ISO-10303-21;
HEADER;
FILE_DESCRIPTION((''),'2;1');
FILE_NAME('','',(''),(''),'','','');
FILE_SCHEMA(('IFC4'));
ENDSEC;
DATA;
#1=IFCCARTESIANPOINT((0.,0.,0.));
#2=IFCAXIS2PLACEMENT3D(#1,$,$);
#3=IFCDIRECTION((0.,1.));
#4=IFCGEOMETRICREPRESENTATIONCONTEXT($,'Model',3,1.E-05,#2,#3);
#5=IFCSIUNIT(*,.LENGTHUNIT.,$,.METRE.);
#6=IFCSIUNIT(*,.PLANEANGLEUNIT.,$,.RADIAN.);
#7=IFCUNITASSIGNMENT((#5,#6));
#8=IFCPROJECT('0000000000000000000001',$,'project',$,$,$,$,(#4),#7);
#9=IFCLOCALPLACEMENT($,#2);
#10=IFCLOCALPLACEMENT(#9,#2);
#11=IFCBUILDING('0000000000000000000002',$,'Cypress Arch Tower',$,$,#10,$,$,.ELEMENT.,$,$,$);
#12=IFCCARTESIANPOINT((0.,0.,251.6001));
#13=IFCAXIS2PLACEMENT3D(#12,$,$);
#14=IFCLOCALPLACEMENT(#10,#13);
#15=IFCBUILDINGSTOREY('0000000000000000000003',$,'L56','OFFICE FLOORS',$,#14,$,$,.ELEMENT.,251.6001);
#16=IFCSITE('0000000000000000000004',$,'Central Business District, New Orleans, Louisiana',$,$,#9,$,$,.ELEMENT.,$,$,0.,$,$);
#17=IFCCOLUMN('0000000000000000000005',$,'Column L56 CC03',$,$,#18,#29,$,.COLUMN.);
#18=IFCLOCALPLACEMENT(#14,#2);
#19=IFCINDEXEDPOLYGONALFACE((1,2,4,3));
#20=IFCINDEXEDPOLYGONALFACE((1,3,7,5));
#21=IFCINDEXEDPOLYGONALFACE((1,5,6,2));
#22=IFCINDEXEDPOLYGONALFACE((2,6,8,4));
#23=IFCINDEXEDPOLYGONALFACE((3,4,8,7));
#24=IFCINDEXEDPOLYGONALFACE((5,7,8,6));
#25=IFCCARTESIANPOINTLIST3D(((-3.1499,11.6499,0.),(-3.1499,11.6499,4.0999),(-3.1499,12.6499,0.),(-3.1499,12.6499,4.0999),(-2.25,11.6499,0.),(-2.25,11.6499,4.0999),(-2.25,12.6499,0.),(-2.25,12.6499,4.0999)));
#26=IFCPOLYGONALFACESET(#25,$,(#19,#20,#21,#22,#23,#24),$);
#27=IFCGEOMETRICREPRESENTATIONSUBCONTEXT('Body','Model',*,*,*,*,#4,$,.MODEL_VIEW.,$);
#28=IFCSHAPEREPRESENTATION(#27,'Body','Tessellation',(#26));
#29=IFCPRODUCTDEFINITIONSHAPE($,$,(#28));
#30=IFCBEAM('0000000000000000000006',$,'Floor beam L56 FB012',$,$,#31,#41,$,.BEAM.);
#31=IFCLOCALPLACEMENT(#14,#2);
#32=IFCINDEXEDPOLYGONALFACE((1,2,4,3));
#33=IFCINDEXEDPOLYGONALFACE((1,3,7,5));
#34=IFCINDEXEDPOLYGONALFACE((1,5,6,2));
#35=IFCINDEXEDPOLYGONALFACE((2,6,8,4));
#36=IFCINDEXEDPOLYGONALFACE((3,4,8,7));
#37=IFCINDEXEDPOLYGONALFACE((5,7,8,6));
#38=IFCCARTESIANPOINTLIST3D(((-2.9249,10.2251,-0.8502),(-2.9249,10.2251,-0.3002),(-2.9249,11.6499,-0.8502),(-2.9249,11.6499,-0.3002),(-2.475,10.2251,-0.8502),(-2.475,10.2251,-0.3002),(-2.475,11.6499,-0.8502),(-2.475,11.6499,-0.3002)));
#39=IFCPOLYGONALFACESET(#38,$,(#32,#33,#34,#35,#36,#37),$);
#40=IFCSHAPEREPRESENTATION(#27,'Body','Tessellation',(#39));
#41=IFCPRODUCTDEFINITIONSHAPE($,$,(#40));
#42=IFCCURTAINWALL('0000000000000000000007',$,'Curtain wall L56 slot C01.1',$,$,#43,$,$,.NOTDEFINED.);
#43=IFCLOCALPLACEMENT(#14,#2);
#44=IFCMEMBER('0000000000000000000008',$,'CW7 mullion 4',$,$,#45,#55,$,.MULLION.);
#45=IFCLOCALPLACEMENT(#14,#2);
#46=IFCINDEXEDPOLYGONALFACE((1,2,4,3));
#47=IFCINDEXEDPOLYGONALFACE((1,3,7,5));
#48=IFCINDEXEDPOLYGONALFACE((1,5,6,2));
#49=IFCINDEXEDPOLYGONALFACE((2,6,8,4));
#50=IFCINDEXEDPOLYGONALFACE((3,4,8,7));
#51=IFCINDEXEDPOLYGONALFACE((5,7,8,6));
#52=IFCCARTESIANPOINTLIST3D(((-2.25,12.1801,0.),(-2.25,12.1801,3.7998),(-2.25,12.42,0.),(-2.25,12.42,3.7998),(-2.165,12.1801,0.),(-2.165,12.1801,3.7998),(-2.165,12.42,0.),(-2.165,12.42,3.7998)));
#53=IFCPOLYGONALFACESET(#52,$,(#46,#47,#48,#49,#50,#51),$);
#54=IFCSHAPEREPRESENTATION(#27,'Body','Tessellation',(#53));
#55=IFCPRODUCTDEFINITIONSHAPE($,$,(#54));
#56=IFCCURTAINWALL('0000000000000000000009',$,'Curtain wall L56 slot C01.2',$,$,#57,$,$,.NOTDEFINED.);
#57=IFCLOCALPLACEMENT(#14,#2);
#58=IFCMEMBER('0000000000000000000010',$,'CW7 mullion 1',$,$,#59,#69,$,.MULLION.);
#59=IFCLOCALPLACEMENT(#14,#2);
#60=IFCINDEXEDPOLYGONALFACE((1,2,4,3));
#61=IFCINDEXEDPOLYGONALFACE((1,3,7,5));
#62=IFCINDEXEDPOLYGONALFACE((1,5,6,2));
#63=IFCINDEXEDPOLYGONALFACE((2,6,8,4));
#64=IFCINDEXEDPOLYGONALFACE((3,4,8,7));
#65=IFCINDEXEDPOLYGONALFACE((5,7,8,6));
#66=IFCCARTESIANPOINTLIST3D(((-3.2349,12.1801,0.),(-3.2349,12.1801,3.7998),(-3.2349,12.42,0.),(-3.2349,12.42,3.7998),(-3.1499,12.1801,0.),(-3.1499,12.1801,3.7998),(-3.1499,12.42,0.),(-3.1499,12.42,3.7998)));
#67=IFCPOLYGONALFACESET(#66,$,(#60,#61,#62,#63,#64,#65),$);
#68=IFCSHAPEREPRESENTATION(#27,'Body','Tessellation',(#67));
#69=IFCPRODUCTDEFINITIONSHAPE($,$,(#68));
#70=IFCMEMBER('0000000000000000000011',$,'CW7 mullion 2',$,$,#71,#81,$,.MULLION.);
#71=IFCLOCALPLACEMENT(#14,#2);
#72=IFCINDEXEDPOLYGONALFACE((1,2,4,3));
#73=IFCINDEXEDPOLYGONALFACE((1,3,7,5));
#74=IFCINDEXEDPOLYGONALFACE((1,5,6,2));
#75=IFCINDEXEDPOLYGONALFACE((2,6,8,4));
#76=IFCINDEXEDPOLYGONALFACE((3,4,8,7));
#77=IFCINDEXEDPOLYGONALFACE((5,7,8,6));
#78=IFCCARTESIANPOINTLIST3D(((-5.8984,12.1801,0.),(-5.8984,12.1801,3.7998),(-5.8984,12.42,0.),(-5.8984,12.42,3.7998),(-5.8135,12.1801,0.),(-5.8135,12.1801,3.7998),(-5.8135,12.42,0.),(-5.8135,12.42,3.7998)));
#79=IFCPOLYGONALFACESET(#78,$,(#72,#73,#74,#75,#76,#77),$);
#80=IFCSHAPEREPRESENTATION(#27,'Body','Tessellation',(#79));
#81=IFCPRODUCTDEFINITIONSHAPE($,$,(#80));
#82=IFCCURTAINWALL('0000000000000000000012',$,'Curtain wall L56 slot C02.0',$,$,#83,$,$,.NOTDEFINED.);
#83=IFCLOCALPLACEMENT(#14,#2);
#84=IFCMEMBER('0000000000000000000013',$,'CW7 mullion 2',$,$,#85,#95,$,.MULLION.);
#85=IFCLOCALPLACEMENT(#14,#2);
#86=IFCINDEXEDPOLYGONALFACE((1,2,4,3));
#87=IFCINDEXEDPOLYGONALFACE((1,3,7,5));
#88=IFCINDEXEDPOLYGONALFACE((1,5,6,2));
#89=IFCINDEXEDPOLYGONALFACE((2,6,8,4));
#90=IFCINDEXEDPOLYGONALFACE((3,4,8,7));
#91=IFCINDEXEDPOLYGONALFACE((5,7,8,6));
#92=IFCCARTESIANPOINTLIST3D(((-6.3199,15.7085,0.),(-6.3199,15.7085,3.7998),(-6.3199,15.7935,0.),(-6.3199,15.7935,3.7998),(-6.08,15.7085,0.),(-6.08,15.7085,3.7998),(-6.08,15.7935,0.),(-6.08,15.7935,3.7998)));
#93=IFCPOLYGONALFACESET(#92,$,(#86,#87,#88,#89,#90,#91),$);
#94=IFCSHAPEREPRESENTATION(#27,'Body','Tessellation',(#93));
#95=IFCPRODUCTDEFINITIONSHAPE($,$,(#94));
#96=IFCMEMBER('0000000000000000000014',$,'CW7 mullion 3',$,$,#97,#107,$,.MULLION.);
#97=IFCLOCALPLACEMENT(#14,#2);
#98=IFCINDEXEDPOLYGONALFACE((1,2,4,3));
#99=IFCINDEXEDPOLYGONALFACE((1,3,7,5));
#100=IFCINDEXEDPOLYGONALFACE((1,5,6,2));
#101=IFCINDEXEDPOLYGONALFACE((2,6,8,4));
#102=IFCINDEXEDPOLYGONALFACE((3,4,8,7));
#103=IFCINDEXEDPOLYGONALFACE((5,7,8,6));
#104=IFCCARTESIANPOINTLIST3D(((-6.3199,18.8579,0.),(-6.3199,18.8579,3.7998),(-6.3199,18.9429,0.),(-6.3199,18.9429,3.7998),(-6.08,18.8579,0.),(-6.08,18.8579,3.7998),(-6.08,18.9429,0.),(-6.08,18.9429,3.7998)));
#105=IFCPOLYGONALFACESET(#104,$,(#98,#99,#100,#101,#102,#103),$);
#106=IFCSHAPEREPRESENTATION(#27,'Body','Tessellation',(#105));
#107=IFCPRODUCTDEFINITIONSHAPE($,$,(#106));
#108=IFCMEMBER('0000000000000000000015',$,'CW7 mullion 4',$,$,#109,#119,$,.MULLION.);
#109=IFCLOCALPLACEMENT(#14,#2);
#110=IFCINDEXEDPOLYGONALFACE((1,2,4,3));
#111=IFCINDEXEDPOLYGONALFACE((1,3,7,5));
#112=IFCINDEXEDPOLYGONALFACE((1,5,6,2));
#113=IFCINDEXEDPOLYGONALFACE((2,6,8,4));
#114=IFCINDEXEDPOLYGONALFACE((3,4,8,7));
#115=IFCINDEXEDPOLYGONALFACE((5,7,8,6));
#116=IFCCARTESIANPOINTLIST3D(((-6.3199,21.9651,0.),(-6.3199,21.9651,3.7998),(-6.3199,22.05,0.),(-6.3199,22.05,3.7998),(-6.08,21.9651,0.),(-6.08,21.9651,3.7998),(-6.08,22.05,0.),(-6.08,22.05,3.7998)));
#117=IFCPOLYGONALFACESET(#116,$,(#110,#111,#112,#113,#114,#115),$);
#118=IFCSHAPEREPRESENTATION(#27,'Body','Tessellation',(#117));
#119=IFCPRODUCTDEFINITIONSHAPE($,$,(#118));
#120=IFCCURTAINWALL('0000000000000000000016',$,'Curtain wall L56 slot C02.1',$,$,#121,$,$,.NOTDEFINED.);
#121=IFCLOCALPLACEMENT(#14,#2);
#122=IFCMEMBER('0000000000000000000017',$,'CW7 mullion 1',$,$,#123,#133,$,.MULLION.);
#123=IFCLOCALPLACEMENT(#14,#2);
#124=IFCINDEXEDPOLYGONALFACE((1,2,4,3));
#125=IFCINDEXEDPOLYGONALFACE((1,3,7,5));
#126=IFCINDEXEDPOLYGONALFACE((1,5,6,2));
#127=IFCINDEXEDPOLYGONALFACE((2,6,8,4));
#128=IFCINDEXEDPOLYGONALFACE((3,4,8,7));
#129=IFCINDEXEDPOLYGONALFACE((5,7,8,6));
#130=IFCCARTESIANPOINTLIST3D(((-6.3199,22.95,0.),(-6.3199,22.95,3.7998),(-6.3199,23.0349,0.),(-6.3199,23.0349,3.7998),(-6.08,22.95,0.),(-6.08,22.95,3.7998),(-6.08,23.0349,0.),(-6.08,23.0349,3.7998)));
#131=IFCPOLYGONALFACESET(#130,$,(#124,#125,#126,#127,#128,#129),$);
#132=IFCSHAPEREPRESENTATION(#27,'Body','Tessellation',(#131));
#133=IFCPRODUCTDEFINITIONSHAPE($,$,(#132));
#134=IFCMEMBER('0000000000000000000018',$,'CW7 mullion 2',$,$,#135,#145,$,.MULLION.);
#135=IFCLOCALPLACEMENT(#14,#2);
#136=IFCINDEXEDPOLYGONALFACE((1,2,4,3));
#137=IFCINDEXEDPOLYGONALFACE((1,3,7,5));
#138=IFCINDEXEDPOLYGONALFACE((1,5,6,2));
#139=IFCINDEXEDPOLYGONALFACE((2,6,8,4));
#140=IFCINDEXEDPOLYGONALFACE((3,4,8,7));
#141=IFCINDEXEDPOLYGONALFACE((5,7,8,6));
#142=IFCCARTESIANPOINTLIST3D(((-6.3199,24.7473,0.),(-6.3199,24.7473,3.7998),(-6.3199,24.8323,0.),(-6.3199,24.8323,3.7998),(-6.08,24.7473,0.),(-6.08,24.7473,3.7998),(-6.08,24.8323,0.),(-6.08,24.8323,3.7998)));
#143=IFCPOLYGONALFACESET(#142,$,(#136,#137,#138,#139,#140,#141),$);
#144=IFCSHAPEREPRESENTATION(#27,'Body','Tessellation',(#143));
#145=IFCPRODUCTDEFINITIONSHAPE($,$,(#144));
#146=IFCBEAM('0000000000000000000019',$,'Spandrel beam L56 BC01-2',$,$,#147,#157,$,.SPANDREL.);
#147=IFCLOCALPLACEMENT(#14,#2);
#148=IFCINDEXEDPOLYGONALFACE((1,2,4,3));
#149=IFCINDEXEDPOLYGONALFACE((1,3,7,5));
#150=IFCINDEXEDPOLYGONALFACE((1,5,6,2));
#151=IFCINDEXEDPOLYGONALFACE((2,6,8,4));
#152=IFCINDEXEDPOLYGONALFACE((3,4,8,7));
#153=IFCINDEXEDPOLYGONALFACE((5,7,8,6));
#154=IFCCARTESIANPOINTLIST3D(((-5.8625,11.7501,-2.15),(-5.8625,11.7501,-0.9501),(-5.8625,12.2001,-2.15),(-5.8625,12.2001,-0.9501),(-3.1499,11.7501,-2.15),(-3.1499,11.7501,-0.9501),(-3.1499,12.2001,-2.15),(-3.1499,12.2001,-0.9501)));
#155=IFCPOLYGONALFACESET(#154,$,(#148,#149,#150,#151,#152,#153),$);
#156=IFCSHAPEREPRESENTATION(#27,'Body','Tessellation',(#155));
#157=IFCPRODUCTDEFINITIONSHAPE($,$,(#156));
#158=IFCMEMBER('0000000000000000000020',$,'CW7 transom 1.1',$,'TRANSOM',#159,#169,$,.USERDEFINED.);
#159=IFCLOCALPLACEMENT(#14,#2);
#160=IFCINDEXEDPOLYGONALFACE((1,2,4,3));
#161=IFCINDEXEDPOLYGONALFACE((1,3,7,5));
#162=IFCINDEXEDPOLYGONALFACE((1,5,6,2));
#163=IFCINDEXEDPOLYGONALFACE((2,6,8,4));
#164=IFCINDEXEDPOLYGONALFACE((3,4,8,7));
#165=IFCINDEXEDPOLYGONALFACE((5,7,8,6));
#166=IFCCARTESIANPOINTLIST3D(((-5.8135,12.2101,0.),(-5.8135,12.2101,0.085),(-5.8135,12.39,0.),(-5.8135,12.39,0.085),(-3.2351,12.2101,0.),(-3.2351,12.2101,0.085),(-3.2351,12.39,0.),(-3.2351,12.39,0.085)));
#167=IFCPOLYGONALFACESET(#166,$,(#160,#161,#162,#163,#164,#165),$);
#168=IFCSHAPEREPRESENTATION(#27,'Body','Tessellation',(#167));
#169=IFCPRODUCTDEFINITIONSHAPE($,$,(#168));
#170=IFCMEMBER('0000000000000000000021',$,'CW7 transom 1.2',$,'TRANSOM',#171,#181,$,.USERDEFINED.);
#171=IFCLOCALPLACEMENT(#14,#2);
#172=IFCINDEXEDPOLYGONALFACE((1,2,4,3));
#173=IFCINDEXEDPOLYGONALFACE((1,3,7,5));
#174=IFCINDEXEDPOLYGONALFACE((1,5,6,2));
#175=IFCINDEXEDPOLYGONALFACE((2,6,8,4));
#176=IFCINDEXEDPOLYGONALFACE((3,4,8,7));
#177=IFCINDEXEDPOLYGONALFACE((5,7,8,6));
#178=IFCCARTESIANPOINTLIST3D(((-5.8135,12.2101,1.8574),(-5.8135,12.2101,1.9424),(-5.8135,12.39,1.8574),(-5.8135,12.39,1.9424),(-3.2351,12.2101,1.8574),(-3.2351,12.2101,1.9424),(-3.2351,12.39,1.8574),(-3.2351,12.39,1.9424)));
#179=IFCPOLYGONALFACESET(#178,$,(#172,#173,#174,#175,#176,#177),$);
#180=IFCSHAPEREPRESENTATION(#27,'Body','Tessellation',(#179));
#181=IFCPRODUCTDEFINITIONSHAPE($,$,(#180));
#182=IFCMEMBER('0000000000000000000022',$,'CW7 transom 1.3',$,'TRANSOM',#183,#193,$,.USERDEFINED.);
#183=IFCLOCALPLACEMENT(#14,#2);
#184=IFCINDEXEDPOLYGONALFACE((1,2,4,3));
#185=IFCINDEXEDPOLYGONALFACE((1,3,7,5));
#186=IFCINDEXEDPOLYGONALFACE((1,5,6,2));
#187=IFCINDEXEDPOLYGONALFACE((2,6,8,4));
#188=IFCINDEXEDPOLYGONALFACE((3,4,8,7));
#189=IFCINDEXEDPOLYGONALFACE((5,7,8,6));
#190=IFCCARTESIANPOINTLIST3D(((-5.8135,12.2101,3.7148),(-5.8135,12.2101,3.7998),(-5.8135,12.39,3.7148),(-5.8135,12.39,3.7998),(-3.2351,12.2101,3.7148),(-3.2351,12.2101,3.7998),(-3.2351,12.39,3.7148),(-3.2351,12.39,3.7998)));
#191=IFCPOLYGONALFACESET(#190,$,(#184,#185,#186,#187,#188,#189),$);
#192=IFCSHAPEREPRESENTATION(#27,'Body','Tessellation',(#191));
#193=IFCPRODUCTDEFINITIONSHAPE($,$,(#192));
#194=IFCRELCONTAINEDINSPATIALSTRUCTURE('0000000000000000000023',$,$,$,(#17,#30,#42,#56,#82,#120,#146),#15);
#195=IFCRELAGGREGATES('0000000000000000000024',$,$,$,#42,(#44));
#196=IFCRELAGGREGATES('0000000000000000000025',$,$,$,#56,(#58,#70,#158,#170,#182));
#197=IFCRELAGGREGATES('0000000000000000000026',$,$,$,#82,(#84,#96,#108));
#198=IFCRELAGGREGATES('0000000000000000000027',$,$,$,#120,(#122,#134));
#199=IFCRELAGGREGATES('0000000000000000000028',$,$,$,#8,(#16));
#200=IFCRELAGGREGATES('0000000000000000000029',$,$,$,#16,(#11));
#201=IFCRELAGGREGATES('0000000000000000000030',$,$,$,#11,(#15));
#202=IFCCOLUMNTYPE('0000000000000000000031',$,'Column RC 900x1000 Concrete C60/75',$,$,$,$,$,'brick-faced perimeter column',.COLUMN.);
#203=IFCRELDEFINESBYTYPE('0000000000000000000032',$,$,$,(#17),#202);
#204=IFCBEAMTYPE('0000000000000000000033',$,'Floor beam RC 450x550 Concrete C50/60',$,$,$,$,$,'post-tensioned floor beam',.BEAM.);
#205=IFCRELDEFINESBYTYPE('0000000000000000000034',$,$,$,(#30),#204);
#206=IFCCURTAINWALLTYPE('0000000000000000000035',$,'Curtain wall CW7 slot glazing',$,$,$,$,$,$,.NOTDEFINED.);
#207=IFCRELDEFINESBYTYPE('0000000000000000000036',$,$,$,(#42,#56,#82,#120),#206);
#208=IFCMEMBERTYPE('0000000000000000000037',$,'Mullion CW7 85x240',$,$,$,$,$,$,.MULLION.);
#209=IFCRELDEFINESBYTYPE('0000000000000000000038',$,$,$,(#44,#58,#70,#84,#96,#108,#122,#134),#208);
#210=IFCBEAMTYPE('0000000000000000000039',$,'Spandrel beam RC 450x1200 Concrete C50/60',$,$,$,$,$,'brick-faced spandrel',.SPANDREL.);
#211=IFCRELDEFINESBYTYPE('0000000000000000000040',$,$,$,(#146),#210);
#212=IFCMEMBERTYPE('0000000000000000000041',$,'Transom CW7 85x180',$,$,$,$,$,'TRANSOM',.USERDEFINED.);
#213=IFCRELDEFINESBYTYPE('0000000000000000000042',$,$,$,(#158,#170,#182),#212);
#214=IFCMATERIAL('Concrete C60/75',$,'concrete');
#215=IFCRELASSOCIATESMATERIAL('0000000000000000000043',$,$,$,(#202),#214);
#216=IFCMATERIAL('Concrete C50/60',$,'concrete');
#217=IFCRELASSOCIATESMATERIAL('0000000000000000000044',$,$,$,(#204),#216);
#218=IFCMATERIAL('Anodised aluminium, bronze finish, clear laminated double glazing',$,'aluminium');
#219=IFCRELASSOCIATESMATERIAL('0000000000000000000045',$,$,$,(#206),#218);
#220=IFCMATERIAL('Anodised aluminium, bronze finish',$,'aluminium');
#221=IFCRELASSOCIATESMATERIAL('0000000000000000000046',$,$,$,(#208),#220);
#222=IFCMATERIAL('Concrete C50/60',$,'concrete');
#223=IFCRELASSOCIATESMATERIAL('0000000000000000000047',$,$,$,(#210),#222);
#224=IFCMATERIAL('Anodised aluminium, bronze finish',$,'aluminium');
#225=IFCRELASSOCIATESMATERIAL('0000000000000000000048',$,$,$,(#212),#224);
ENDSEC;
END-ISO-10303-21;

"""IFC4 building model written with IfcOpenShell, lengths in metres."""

from ifc_helpers import new_model, si_unit, direction, frame, origin, origin_2d, place, context, subcontext, project, spatial, rectangle, extrude, material, material_profile, profile_set, type_object, element, aggregate, save


model = new_model("IFC4")

# Units and contexts
model_context = context("Model", 3, precision=1e-05, world=origin(), true_north=direction((0.0, 1.0)))
body_context = subcontext(model_context, "Body", "Model", "MODEL_VIEW")
ifc_project = project(units=[si_unit("LENGTHUNIT", "METRE"), si_unit("PLANEANGLEUNIT", "RADIAN")], contexts=[model_context])

# Site, building, storey
site_placement = place(None, origin())
site = spatial("IfcSite", under=ifc_project, at=site_placement, Name="Central Business District, New Orleans, Louisiana", CompositionType="ELEMENT", RefElevation=0.0)
building_placement = place(site_placement, origin())
building = spatial("IfcBuilding", under=site, at=building_placement, Name="Cypress Arch Tower", CompositionType="ELEMENT")
storey_placement = place(building_placement, frame((0.0, 0.0, 251.6001)))
storey = spatial("IfcBuildingStorey", under=building, at=storey_placement, Name="L56", Description="OFFICE FLOORS", CompositionType="ELEMENT", Elevation=251.6001)

# Column
ifc_material_1 = material(Name="Concrete C60/75", Category="concrete")
ifc_material_profile_1 = material_profile(ifc_material_1, rectangle(XDim=0.8999, YDim=1.0, at=origin_2d()), Name="RC 900x1000")
ifc_profile_set_1 = profile_set([ifc_material_profile_1], Name="Concrete C60/75")
column_type = type_object("IfcColumnType", Name="Column RC 900x1000 Concrete C60/75", ElementType="brick-faced perimeter column", PredefinedType="COLUMN", material=ifc_profile_set_1)
column_placement = place(storey_placement, frame((-2.7, 12.1499, 0.0), z_axis=(0.0, 0.0, 1.0), x_axis=(-1.0, 0.0, 0.0)))
element("IfcColumn", 1, at=column_placement, inside=storey, type_object=column_type, Name="Column L56 CC03", PredefinedType="COLUMN", context=body_context, shape_type="SweptSolid", body=[
    extrude(rectangle(XDim=0.8999, YDim=1.0, at=origin_2d()), origin(), (0.0, 0.0, 1.0), 4.0999),
])

# Beam
ifc_material_2 = material(Name="Concrete C50/60", Category="concrete")
ifc_material_profile_2 = material_profile(ifc_material_2, rectangle(XDim=0.45, YDim=0.55, at=origin_2d()), Name="RC 450x550")
ifc_profile_set_2 = profile_set([ifc_material_profile_2], Name="Concrete C50/60")
beam_type_1 = type_object("IfcBeamType", Name="Floor beam RC 450x550 Concrete C50/60", ElementType="post-tensioned floor beam", PredefinedType="BEAM", material=ifc_profile_set_2)
beam_1_placement = place(storey_placement, frame((-2.7, 10.2251, -0.5752), z_axis=(0.0, 1.0, 0.0), x_axis=(-1.0, 0.0, 0.0)))
element("IfcBeam", 2, at=beam_1_placement, inside=storey, type_object=beam_type_1, Name="Floor beam L56 FB012", PredefinedType="BEAM", context=body_context, shape_type="SweptSolid", body=[
    extrude(rectangle(XDim=0.45, YDim=0.55, at=origin_2d()), origin(), (0.0, 0.0, 1.0), 1.4248),
])

# Curtain wall, member
ifc_material_3 = material(Name="Anodised aluminium, bronze finish, clear laminated double glazing", Category="aluminium")
curtain_wall_type = type_object("IfcCurtainWallType", Name="Curtain wall CW7 slot glazing", PredefinedType="NOTDEFINED", material=ifc_material_3)
curtain_wall_1_placement = place(storey_placement, origin())
curtain_wall_1 = element("IfcCurtainWall", 3, at=curtain_wall_1_placement, inside=storey, type_object=curtain_wall_type, Name="Curtain wall L56 slot C01.1", PredefinedType="NOTDEFINED")
ifc_material_4 = material(Name="Anodised aluminium, bronze finish", Category="aluminium")
ifc_material_profile_3 = material_profile(ifc_material_4, rectangle(XDim=0.24, YDim=0.085, at=origin_2d()), Name="Mullion 85x240")
ifc_profile_set_3 = profile_set([ifc_material_profile_3], Name="Anodised aluminium, bronze finish")
member_type_1 = type_object("IfcMemberType", Name="Mullion CW7 85x240", PredefinedType="MULLION", material=ifc_profile_set_3)
member_1_placement = place(storey_placement, frame((-2.2075, 12.3, 0.0), z_axis=(0.0, 0.0, 1.0), x_axis=(0.0, -1.0, 0.0)))
member_1 = element("IfcMember", 4, at=member_1_placement, type_object=member_type_1, Name="CW7 mullion 4", PredefinedType="MULLION", context=body_context, shape_type="SweptSolid", body=[
    extrude(rectangle(XDim=0.24, YDim=0.085, at=origin_2d()), origin(), (0.0, 0.0, 1.0), 3.7998),
])

# Curtain walls, members
curtain_wall_2_placement = place(storey_placement, origin())
curtain_wall_2 = element("IfcCurtainWall", 5, at=curtain_wall_2_placement, inside=storey, type_object=curtain_wall_type, Name="Curtain wall L56 slot C01.2", PredefinedType="NOTDEFINED")
member_2_placement = place(storey_placement, frame((-3.1924, 12.3, 0.0), z_axis=(0.0, 0.0, 1.0), x_axis=(0.0, -1.0, 0.0)))
member_2 = element("IfcMember", 6, at=member_2_placement, type_object=member_type_1, Name="CW7 mullion 1", PredefinedType="MULLION", context=body_context, shape_type="SweptSolid", body=[
    extrude(rectangle(XDim=0.24, YDim=0.085, at=origin_2d()), origin(), (0.0, 0.0, 1.0), 3.7998),
])
member_3_placement = place(storey_placement, frame((-5.856, 12.3, 0.0), z_axis=(0.0, 0.0, 1.0), x_axis=(0.0, -1.0, 0.0)))
member_3 = element("IfcMember", 7, at=member_3_placement, type_object=member_type_1, Name="CW7 mullion 2", PredefinedType="MULLION", context=body_context, shape_type="SweptSolid", body=[
    extrude(rectangle(XDim=0.24, YDim=0.085, at=origin_2d()), origin(), (0.0, 0.0, 1.0), 3.7998),
])
curtain_wall_3_placement = place(storey_placement, origin())
curtain_wall_3 = element("IfcCurtainWall", 8, at=curtain_wall_3_placement, inside=storey, type_object=curtain_wall_type, Name="Curtain wall L56 slot C02.0", PredefinedType="NOTDEFINED")
member_4_placement = place(storey_placement, frame((-6.2, 15.751, 0.0), z_axis=(0.0, 0.0, 1.0), x_axis=(-1.0, 0.0, 0.0)))
member_4 = element("IfcMember", 9, at=member_4_placement, type_object=member_type_1, Name="CW7 mullion 2", PredefinedType="MULLION", context=body_context, shape_type="SweptSolid", body=[
    extrude(rectangle(XDim=0.24, YDim=0.085, at=origin_2d()), origin(), (0.0, 0.0, 1.0), 3.7998),
])
member_5_placement = place(storey_placement, frame((-6.2, 18.9004, 0.0), z_axis=(0.0, 0.0, 1.0), x_axis=(-1.0, 0.0, 0.0)))
member_5 = element("IfcMember", 10, at=member_5_placement, type_object=member_type_1, Name="CW7 mullion 3", PredefinedType="MULLION", context=body_context, shape_type="SweptSolid", body=[
    extrude(rectangle(XDim=0.24, YDim=0.085, at=origin_2d()), origin(), (0.0, 0.0, 1.0), 3.7998),
])
member_6_placement = place(storey_placement, frame((-6.2, 22.0076, 0.0), z_axis=(0.0, 0.0, 1.0), x_axis=(-1.0, 0.0, 0.0)))
member_6 = element("IfcMember", 11, at=member_6_placement, type_object=member_type_1, Name="CW7 mullion 4", PredefinedType="MULLION", context=body_context, shape_type="SweptSolid", body=[
    extrude(rectangle(XDim=0.24, YDim=0.085, at=origin_2d()), origin(), (0.0, 0.0, 1.0), 3.7998),
])
curtain_wall_4_placement = place(storey_placement, origin())
curtain_wall_4 = element("IfcCurtainWall", 12, at=curtain_wall_4_placement, inside=storey, type_object=curtain_wall_type, Name="Curtain wall L56 slot C02.1", PredefinedType="NOTDEFINED")
member_7_placement = place(storey_placement, frame((-6.2, 22.9924, 0.0), z_axis=(0.0, 0.0, 1.0), x_axis=(-1.0, 0.0, 0.0)))
member_7 = element("IfcMember", 13, at=member_7_placement, type_object=member_type_1, Name="CW7 mullion 1", PredefinedType="MULLION", context=body_context, shape_type="SweptSolid", body=[
    extrude(rectangle(XDim=0.24, YDim=0.085, at=origin_2d()), origin(), (0.0, 0.0, 1.0), 3.7998),
])
member_8_placement = place(storey_placement, frame((-6.2, 24.7898, 0.0), z_axis=(0.0, 0.0, 1.0), x_axis=(-1.0, 0.0, 0.0)))
member_8 = element("IfcMember", 14, at=member_8_placement, type_object=member_type_1, Name="CW7 mullion 2", PredefinedType="MULLION", context=body_context, shape_type="SweptSolid", body=[
    extrude(rectangle(XDim=0.24, YDim=0.085, at=origin_2d()), origin(), (0.0, 0.0, 1.0), 3.7998),
])

# Beam
ifc_material_5 = material(Name="Concrete C50/60", Category="concrete")
ifc_material_profile_4 = material_profile(ifc_material_5, rectangle(XDim=0.45, YDim=1.2, at=origin_2d()), Name="RC 450x1200")
ifc_profile_set_4 = profile_set([ifc_material_profile_4], Name="Concrete C50/60")
beam_type_2 = type_object("IfcBeamType", Name="Spandrel beam RC 450x1200 Concrete C50/60", ElementType="brick-faced spandrel", PredefinedType="SPANDREL", material=ifc_profile_set_4)
beam_2_placement = place(storey_placement, frame((-3.1499, 11.9751, -1.55), z_axis=(-1.0, 0.0, 0.0), x_axis=(0.0, -1.0, 0.0)))
element("IfcBeam", 15, at=beam_2_placement, inside=storey, type_object=beam_type_2, Name="Spandrel beam L56 BC01-2", PredefinedType="SPANDREL", context=body_context, shape_type="SweptSolid", body=[
    extrude(rectangle(XDim=0.45, YDim=1.2, at=origin_2d()), origin(), (0.0, 0.0, 1.0), 2.7126),
])

# Members
ifc_material_6 = material(Name="Anodised aluminium, bronze finish", Category="aluminium")
ifc_material_profile_5 = material_profile(ifc_material_6, rectangle(XDim=0.1799, YDim=0.085, at=origin_2d()), Name="Transom 85x180")
ifc_profile_set_5 = profile_set([ifc_material_profile_5], Name="Anodised aluminium, bronze finish")
member_type_2 = type_object("IfcMemberType", Name="Transom CW7 85x180", ElementType="TRANSOM", PredefinedType="USERDEFINED", material=ifc_profile_set_5)
member_9_placement = place(storey_placement, frame((-3.2351, 12.3, 0.0425), z_axis=(-1.0, 0.0, 0.0), x_axis=(0.0, -1.0, 0.0)))
member_9 = element("IfcMember", 16, at=member_9_placement, type_object=member_type_2, Name="CW7 transom 1.1", ObjectType="TRANSOM", PredefinedType="USERDEFINED", context=body_context, shape_type="SweptSolid", body=[
    extrude(rectangle(XDim=0.1799, YDim=0.085, at=origin_2d()), origin(), (0.0, 0.0, 1.0), 2.5784),
])
member_10_placement = place(storey_placement, frame((-3.2351, 12.3, 1.8999), z_axis=(-1.0, 0.0, 0.0), x_axis=(0.0, -1.0, 0.0)))
member_10 = element("IfcMember", 17, at=member_10_placement, type_object=member_type_2, Name="CW7 transom 1.2", ObjectType="TRANSOM", PredefinedType="USERDEFINED", context=body_context, shape_type="SweptSolid", body=[
    extrude(rectangle(XDim=0.1799, YDim=0.085, at=origin_2d()), origin(), (0.0, 0.0, 1.0), 2.5784),
])
member_11_placement = place(storey_placement, frame((-3.2351, 12.3, 3.7573), z_axis=(-1.0, 0.0, 0.0), x_axis=(0.0, -1.0, 0.0)))
member_11 = element("IfcMember", 18, at=member_11_placement, type_object=member_type_2, Name="CW7 transom 1.3", ObjectType="TRANSOM", PredefinedType="USERDEFINED", context=body_context, shape_type="SweptSolid", body=[
    extrude(rectangle(XDim=0.1799, YDim=0.085, at=origin_2d()), origin(), (0.0, 0.0, 1.0), 2.5784),
])

aggregate(curtain_wall_1, [member_1])
aggregate(curtain_wall_2, [member_2, member_3, member_9, member_10, member_11])
aggregate(curtain_wall_3, [member_4, member_5, member_6])
aggregate(curtain_wall_4, [member_7, member_8])

save(model, "model.ifc")
